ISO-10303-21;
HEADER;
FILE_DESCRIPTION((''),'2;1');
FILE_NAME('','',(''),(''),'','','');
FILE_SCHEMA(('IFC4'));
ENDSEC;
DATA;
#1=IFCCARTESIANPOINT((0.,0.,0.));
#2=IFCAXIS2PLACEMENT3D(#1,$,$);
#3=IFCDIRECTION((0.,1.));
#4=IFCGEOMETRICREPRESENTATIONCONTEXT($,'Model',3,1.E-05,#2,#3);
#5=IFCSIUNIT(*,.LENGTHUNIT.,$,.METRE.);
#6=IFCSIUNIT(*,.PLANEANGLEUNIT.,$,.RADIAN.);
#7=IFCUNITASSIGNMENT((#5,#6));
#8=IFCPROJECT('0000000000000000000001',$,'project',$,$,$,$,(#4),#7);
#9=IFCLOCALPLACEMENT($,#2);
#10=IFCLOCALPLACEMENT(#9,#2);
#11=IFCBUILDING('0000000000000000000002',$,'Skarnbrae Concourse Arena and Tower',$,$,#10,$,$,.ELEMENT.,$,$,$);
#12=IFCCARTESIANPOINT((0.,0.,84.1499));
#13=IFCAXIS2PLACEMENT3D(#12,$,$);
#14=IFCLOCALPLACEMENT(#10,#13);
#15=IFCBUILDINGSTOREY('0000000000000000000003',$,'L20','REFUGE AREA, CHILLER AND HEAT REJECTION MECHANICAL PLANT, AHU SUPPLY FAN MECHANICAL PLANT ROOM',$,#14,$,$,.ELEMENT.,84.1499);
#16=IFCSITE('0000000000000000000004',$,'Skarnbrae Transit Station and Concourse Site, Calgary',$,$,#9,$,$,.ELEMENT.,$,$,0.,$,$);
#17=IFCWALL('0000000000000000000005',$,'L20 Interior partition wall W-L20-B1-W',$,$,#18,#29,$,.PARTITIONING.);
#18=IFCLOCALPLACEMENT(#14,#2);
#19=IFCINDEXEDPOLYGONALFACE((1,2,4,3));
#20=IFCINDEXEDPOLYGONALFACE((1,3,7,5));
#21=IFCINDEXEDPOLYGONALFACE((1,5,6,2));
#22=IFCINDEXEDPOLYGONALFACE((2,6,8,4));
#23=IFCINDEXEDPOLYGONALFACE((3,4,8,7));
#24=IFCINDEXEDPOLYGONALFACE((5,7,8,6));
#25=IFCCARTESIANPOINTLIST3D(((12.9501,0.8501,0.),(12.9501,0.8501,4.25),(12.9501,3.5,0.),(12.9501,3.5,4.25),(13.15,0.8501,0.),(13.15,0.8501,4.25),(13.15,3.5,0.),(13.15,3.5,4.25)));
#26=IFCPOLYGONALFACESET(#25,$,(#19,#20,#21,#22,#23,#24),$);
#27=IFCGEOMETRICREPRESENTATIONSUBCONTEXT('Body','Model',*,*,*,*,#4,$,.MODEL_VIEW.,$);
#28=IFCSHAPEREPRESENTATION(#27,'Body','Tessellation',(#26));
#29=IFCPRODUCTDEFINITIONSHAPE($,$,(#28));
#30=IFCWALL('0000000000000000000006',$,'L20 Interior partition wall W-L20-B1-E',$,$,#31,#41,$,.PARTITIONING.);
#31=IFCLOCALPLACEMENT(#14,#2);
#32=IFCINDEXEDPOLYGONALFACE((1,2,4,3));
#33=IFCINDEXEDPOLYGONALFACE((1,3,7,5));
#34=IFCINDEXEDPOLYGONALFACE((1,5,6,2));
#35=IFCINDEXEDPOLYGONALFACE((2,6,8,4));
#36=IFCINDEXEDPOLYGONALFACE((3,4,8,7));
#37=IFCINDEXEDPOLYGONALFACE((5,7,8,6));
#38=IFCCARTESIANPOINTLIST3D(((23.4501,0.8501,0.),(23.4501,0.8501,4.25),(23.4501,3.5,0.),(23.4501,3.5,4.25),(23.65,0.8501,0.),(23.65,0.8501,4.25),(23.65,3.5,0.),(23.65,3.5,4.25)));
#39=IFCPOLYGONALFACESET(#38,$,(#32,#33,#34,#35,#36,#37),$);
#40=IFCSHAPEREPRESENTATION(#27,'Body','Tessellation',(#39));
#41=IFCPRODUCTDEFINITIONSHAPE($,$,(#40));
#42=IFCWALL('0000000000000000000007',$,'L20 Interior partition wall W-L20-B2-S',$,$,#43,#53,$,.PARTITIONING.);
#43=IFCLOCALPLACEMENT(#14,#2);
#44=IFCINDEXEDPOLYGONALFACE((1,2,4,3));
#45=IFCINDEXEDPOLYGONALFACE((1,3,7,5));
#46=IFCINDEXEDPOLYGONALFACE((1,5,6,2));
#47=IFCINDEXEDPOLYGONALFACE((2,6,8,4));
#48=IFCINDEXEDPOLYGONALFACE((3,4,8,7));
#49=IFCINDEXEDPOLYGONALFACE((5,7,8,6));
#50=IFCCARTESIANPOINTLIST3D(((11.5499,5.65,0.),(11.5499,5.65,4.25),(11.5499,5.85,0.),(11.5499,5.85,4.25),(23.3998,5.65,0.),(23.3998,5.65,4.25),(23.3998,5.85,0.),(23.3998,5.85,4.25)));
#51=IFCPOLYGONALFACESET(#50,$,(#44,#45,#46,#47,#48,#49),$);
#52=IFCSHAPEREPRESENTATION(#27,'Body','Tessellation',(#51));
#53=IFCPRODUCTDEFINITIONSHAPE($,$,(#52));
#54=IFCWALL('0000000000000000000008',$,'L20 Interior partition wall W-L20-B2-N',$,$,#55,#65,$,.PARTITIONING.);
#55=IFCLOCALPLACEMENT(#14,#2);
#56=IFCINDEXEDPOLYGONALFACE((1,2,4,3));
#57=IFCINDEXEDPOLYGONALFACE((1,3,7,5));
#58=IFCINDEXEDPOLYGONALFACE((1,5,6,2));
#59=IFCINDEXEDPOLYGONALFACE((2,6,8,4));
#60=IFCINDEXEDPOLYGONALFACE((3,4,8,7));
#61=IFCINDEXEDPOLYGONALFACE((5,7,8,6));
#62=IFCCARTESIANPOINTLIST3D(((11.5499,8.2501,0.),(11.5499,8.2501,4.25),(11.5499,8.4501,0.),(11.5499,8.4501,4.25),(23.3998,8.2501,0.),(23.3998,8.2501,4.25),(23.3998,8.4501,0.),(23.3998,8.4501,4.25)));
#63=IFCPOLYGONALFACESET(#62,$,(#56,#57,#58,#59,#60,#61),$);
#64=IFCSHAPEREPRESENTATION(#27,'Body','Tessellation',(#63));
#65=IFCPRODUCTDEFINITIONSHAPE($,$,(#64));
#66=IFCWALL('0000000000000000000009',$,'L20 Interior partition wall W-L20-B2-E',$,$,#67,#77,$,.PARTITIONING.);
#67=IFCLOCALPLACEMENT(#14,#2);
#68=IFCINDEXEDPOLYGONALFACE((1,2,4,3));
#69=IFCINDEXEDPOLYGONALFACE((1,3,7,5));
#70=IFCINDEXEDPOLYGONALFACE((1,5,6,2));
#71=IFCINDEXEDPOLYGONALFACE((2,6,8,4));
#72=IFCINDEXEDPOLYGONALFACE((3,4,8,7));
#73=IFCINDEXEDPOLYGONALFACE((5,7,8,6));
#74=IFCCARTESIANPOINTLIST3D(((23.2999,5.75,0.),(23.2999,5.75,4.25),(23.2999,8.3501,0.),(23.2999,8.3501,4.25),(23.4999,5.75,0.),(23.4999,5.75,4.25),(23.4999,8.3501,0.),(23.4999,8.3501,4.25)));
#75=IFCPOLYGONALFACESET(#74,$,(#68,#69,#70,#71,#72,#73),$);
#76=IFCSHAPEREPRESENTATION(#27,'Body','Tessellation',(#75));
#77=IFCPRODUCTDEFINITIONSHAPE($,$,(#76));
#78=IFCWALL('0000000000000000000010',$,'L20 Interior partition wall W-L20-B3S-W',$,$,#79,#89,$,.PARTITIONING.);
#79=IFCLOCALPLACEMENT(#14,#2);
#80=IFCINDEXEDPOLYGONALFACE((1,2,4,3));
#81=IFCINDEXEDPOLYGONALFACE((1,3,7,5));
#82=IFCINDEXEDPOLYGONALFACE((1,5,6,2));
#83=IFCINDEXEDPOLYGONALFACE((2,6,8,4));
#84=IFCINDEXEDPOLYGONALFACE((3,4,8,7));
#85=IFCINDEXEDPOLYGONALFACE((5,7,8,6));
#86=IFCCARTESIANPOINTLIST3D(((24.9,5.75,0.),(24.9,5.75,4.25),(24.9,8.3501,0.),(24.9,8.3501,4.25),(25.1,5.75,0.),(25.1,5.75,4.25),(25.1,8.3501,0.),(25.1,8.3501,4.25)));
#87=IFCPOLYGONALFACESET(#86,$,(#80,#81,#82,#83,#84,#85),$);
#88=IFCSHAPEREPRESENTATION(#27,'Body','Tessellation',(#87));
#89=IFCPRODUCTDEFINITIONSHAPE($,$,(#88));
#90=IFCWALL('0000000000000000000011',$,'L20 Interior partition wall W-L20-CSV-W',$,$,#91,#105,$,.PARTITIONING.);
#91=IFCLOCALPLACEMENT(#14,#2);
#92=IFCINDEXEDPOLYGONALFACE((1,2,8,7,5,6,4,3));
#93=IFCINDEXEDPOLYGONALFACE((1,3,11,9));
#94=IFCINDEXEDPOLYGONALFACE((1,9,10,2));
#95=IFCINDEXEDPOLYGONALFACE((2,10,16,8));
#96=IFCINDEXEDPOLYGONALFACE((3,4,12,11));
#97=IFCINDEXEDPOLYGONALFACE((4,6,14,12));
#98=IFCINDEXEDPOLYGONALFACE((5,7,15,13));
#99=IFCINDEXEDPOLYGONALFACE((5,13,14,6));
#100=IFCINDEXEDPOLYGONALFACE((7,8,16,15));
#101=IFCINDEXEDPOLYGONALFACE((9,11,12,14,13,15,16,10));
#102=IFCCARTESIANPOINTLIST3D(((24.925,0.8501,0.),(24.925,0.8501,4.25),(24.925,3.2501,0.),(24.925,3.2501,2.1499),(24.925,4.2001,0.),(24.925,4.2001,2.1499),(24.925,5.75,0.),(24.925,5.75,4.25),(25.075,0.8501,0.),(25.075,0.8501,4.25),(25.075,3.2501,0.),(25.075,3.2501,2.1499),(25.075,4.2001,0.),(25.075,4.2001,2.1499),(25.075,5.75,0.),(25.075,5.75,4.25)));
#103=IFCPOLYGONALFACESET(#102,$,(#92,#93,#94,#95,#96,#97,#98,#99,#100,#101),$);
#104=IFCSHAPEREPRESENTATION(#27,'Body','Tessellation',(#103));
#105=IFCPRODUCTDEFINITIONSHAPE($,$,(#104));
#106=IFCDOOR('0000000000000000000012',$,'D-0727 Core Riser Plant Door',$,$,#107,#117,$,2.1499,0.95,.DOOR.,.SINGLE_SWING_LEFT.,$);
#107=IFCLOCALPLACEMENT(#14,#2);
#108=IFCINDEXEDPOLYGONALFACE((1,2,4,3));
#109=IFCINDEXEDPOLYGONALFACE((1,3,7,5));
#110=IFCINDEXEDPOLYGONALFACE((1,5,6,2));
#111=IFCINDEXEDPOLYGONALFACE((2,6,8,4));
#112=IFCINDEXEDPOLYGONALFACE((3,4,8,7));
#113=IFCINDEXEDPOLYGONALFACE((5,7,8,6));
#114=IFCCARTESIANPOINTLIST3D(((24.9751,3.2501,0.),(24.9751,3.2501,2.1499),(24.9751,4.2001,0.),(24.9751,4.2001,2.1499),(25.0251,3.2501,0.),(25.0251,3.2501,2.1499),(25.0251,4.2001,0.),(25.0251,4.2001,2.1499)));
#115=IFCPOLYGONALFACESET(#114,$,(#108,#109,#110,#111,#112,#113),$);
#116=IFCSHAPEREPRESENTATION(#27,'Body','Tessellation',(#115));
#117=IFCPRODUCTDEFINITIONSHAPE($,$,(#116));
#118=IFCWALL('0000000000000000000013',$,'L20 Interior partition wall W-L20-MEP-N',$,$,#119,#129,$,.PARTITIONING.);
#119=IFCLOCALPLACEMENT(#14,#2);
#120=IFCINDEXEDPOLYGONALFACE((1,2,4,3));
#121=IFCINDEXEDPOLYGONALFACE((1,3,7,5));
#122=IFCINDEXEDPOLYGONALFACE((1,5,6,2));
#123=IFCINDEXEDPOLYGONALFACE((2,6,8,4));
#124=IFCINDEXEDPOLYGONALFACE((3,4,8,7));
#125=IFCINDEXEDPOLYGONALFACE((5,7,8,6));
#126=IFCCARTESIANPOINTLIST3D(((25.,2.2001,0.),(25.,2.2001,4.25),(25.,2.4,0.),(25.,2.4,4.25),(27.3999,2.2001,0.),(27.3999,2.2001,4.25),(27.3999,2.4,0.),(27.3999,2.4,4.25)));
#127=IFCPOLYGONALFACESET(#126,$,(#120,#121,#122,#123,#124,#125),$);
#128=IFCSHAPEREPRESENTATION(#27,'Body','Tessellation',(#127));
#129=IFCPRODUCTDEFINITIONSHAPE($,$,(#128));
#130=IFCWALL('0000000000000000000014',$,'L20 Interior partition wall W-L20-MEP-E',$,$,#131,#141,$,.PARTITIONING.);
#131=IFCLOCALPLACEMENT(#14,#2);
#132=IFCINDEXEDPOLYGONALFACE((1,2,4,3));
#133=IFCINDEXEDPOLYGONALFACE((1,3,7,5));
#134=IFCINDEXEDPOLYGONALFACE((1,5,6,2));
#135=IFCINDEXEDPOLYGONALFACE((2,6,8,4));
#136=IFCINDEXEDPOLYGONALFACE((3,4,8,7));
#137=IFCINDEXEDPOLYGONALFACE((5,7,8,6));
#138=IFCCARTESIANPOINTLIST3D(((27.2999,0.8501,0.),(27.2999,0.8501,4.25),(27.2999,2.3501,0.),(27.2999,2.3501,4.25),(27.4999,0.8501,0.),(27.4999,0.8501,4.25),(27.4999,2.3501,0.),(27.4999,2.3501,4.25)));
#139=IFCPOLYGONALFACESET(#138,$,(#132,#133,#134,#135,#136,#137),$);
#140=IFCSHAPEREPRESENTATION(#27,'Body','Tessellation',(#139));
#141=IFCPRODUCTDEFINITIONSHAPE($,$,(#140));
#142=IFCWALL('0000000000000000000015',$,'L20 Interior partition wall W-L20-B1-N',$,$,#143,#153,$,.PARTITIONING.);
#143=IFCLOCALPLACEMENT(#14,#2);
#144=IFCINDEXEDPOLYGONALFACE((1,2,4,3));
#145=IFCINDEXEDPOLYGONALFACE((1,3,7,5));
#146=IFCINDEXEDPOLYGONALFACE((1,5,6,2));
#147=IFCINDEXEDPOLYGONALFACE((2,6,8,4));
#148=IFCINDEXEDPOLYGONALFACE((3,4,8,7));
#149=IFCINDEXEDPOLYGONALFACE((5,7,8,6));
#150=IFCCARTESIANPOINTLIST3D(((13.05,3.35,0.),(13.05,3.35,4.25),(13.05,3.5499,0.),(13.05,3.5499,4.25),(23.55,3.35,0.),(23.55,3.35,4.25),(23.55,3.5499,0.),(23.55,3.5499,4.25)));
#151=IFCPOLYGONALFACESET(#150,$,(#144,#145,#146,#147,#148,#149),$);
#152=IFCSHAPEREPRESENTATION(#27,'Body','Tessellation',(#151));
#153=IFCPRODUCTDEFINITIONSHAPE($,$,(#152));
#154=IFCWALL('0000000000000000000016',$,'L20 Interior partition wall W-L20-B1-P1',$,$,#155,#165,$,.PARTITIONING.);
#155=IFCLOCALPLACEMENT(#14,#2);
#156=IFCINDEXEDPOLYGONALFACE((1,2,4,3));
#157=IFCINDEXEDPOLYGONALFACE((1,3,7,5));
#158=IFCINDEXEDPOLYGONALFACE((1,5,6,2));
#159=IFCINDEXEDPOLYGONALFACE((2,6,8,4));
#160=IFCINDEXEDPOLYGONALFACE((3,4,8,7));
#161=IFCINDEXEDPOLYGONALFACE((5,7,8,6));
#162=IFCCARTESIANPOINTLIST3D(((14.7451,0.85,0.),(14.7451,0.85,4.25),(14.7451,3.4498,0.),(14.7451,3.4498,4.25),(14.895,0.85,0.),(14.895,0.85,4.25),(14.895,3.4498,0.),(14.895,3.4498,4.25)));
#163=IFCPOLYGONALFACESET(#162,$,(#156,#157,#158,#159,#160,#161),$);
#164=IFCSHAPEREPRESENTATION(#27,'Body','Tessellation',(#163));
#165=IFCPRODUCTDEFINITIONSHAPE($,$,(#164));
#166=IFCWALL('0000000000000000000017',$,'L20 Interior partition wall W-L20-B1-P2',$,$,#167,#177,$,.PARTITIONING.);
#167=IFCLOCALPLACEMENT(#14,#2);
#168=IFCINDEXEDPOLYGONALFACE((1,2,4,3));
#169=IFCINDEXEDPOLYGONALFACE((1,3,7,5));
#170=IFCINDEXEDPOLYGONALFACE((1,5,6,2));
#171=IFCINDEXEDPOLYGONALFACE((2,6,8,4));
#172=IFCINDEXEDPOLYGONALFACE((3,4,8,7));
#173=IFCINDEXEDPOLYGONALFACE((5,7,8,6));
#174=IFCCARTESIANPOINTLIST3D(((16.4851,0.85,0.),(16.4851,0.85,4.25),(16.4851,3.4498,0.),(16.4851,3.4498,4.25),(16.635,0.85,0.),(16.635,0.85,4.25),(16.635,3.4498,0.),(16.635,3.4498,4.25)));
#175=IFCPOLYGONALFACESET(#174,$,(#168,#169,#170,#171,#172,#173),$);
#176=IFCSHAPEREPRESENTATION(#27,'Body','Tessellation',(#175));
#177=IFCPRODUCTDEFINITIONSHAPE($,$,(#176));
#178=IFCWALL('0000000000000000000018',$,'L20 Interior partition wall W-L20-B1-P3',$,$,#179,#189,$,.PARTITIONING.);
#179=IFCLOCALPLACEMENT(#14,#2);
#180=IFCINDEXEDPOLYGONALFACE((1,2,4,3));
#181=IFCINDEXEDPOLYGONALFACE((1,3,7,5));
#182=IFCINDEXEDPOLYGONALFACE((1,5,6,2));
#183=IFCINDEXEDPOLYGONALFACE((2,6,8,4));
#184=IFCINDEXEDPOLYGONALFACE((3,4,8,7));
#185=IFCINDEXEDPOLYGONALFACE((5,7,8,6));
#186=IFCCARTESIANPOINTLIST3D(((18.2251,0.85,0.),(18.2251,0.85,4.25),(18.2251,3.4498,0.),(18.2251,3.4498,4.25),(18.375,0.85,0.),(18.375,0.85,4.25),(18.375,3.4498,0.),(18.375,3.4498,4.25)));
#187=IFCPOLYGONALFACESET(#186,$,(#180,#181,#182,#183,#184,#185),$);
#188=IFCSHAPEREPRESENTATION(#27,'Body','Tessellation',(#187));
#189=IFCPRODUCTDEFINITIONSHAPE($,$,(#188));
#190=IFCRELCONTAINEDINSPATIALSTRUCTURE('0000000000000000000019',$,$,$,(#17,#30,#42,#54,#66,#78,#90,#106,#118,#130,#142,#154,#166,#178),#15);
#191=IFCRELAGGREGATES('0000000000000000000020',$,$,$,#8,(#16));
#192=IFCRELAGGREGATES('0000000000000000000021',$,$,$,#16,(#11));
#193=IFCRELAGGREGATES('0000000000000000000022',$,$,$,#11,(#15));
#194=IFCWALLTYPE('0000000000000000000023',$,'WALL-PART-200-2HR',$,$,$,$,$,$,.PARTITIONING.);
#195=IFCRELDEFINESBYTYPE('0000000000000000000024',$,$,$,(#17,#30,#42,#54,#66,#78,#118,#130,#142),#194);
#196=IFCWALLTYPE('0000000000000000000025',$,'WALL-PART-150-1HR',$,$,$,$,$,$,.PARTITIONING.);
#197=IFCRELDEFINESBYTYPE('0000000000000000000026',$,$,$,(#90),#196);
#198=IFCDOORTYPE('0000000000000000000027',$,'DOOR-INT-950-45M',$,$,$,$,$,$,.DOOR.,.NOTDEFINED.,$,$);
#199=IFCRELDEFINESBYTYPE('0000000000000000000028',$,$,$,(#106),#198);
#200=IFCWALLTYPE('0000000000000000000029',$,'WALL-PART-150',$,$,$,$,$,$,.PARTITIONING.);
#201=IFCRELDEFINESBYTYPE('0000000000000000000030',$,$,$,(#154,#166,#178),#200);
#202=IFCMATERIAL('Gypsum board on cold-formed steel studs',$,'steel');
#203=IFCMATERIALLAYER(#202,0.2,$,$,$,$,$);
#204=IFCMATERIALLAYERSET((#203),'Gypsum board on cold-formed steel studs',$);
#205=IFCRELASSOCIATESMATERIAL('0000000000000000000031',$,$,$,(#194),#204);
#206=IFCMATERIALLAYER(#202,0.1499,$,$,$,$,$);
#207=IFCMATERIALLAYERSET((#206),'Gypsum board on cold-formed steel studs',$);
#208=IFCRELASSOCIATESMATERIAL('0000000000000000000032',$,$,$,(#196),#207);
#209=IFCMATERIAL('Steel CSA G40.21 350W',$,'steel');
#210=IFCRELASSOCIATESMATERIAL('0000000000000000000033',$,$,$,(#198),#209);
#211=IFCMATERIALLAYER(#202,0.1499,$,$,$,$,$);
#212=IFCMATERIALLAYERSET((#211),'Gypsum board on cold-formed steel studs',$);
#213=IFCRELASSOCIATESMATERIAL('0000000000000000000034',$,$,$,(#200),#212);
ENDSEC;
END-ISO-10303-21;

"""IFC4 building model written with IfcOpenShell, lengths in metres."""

from ifc_helpers import new_model, si_unit, direction, frame, frame_2d, origin, place, context, subcontext, project, spatial, rectangle, extrude, source, transform, mapped, material, layer, layer_set, type_object, element, fill, save


model = new_model("IFC4")

# Units and contexts
model_context = context("Model", 3, precision=1e-05, world=origin(), true_north=direction((0.0, 1.0)))
body_context = subcontext(model_context, "Body", "Model", "MODEL_VIEW")
ifc_project = project(units=[si_unit("LENGTHUNIT", "METRE"), si_unit("PLANEANGLEUNIT", "RADIAN")], contexts=[model_context])

# Site, building, storey
site_placement = place(None, origin())
site = spatial("IfcSite", under=ifc_project, at=site_placement, Name="Skarnbrae Transit Station and Concourse Site, Calgary", CompositionType="ELEMENT", RefElevation=0.0)
building_placement = place(site_placement, origin())
building = spatial("IfcBuilding", under=site, at=building_placement, Name="Skarnbrae Concourse Arena and Tower", CompositionType="ELEMENT")
storey_placement = place(building_placement, frame((0.0, 0.0, 84.1499)))
storey = spatial("IfcBuildingStorey", under=building, at=storey_placement, Name="L20", Description="REFUGE AREA, CHILLER AND HEAT REJECTION MECHANICAL PLANT, AHU SUPPLY FAN MECHANICAL PLANT ROOM", CompositionType="ELEMENT", Elevation=84.1499)

# Walls
ifc_material_1 = material(Name="Gypsum board on cold-formed steel studs", Category="steel")
ifc_layer_1 = layer(ifc_material_1, 0.2)
ifc_layer_set_1 = layer_set([ifc_layer_1], Name="Gypsum board on cold-formed steel studs")
wall_type_1 = type_object("IfcWallType", Name="WALL-PART-200-2HR", PredefinedType="PARTITIONING", material=ifc_layer_set_1)
shared_shape_1 = source(origin(), body_context, "Body", "SweptSolid", [
    extrude(rectangle(XDim=2.6499, YDim=0.2, at=frame_2d((1.325, 0.0))), origin(), (0.0, 0.0, 1.0), 4.25),
])
for number, where, z_axis, x_axis, name in (
    (1, (13.05, 0.8501, 0.0), (0.0, 0.0, 1.0), (0.0, 1.0, 0.0), "L20 Interior partition wall W-L20-B1-W"),
    (2, (23.55, 0.8501, 0.0), (0.0, 0.0, 1.0), (0.0, 1.0, 0.0), "L20 Interior partition wall W-L20-B1-E"),
):
    element("IfcWall", number, at=place(storey_placement, frame(where, z_axis=z_axis, x_axis=x_axis)), inside=storey, type_object=wall_type_1, Name=name, PredefinedType="PARTITIONING", context=body_context, shape_type="MappedRepresentation", body=[
        mapped(shared_shape_1, transform((0.0, 0.0, 0.0))),
    ])
shared_shape_2 = source(origin(), body_context, "Body", "SweptSolid", [
    extrude(rectangle(XDim=11.8499, YDim=0.2, at=frame_2d((5.9248, 0.0))), origin(), (0.0, 0.0, 1.0), 4.25),
])
for number, where, z_axis, x_axis, name in (
    (3, (11.55, 5.75, 0.0), (0.0, 0.0, 1.0), (1.0, 0.0, 0.0), "L20 Interior partition wall W-L20-B2-S"),
    (4, (11.55, 8.3501, 0.0), (0.0, 0.0, 1.0), (1.0, 0.0, 0.0), "L20 Interior partition wall W-L20-B2-N"),
):
    element("IfcWall", number, at=place(storey_placement, frame(where, z_axis=z_axis, x_axis=x_axis)), inside=storey, type_object=wall_type_1, Name=name, PredefinedType="PARTITIONING", context=body_context, shape_type="MappedRepresentation", body=[
        mapped(shared_shape_2, transform((0.0, 0.0, 0.0))),
    ])
shared_shape_3 = source(origin(), body_context, "Body", "SweptSolid", [
    extrude(rectangle(XDim=2.6001, YDim=0.2, at=frame_2d((1.3, 0.0))), origin(), (0.0, 0.0, 1.0), 4.25),
])
for number, where, z_axis, x_axis, name in (
    (5, (23.3999, 5.75, 0.0), (0.0, 0.0, 1.0), (0.0, 1.0, 0.0), "L20 Interior partition wall W-L20-B2-E"),
    (6, (25.0, 5.75, 0.0), (0.0, 0.0, 1.0), (0.0, 1.0, 0.0), "L20 Interior partition wall W-L20-B3S-W"),
):
    element("IfcWall", number, at=place(storey_placement, frame(where, z_axis=z_axis, x_axis=x_axis)), inside=storey, type_object=wall_type_1, Name=name, PredefinedType="PARTITIONING", context=body_context, shape_type="MappedRepresentation", body=[
        mapped(shared_shape_3, transform((0.0, 0.0, 0.0))),
    ])

# Wall, opening, door
ifc_layer_2 = layer(ifc_material_1, 0.1499)
ifc_layer_set_2 = layer_set([ifc_layer_2], Name="Gypsum board on cold-formed steel studs")
wall_type_2 = type_object("IfcWallType", Name="WALL-PART-150-1HR", PredefinedType="PARTITIONING", material=ifc_layer_set_2)
shared_shape_4 = source(origin(), body_context, "Body", "SweptSolid", [
    extrude(rectangle(XDim=4.8999, YDim=0.1499, at=frame_2d((2.45, 0.0))), origin(), (0.0, 0.0, 1.0), 4.25),
])
wall_1_placement = place(storey_placement, frame((25.0, 0.8501, 0.0), z_axis=(0.0, 0.0, 1.0), x_axis=(0.0, 1.0, 0.0)))
wall_1 = element("IfcWall", 7, at=wall_1_placement, inside=storey, type_object=wall_type_2, Name="L20 Interior partition wall W-L20-CSV-W", PredefinedType="PARTITIONING", context=body_context, shape_type="MappedRepresentation", body=[
    mapped(shared_shape_4, transform((0.0, 0.0, 0.0))),
])
opening_placement = place(wall_1_placement, frame((2.3999, 0.0, 0.0)))
opening = element("IfcOpeningElement", 8, at=opening_placement, cuts=wall_1, PredefinedType="OPENING", context=body_context, shape_type="SweptSolid", body=[
    extrude(rectangle(XDim=0.95, YDim=2.1499, at=frame_2d((0.4751, 1.075))), frame((0.0, 0.085, 0.0), z_axis=(0.0, -1.0, 0.0), x_axis=(1.0, 0.0, 0.0)), (0.0, 0.0, 1.0), 0.1699),
])
ifc_material_2 = material(Name="Steel CSA G40.21 350W", Category="steel")
door_type = type_object("IfcDoorType", Name="DOOR-INT-950-45M", OperationType="NOTDEFINED", PredefinedType="DOOR", material=ifc_material_2)
shared_shape_5 = source(origin(), body_context, "Body", "SweptSolid", [
    extrude(rectangle(XDim=0.95, YDim=2.1499, at=frame_2d((0.4751, 1.075))), frame((0.0, 0.0249, 0.0), z_axis=(0.0, -1.0, 0.0), x_axis=(1.0, 0.0, 0.0)), (0.0, 0.0, 1.0), 0.05),
])
door_placement = place(opening_placement, origin())
door = element("IfcDoor", 9, at=door_placement, inside=storey, type_object=door_type, Name="D-0727 Core Riser Plant Door", OperationType="SINGLE_SWING_LEFT", OverallHeight=2.1499, OverallWidth=0.95, PredefinedType="DOOR", context=body_context, shape_type="MappedRepresentation", body=[
    mapped(shared_shape_5, transform((0.0, 0.0, 0.0))),
])
fill(opening, door)

# Walls
shared_shape_6 = source(origin(), body_context, "Body", "SweptSolid", [
    extrude(rectangle(XDim=2.3999, YDim=0.2, at=frame_2d((1.2, 0.0))), origin(), (0.0, 0.0, 1.0), 4.25),
])
wall_2_placement = place(storey_placement, frame((25.0, 2.3, 0.0), z_axis=(0.0, 0.0, 1.0), x_axis=(1.0, 0.0, 0.0)))
element("IfcWall", 10, at=wall_2_placement, inside=storey, type_object=wall_type_1, Name="L20 Interior partition wall W-L20-MEP-N", PredefinedType="PARTITIONING", context=body_context, shape_type="MappedRepresentation", body=[
    mapped(shared_shape_6, transform((0.0, 0.0, 0.0))),
])
shared_shape_7 = source(origin(), body_context, "Body", "SweptSolid", [
    extrude(rectangle(XDim=1.5, YDim=0.2, at=frame_2d((0.75, 0.0))), origin(), (0.0, 0.0, 1.0), 4.25),
])
wall_3_placement = place(storey_placement, frame((27.3999, 0.8501, 0.0), z_axis=(0.0, 0.0, 1.0), x_axis=(0.0, 1.0, 0.0)))
element("IfcWall", 11, at=wall_3_placement, inside=storey, type_object=wall_type_1, Name="L20 Interior partition wall W-L20-MEP-E", PredefinedType="PARTITIONING", context=body_context, shape_type="MappedRepresentation", body=[
    mapped(shared_shape_7, transform((0.0, 0.0, 0.0))),
])
shared_shape_8 = source(origin(), body_context, "Body", "SweptSolid", [
    extrude(rectangle(XDim=10.5, YDim=0.2, at=frame_2d((5.25, 0.0))), origin(), (0.0, 0.0, 1.0), 4.25),
])
wall_4_placement = place(storey_placement, frame((13.05, 3.45, 0.0), z_axis=(0.0, 0.0, 1.0), x_axis=(1.0, 0.0, 0.0)))
element("IfcWall", 12, at=wall_4_placement, inside=storey, type_object=wall_type_1, Name="L20 Interior partition wall W-L20-B1-N", PredefinedType="PARTITIONING", context=body_context, shape_type="MappedRepresentation", body=[
    mapped(shared_shape_8, transform((0.0, 0.0, 0.0))),
])
ifc_layer_3 = layer(ifc_material_1, 0.1499)
ifc_layer_set_3 = layer_set([ifc_layer_3], Name="Gypsum board on cold-formed steel studs")
wall_type_3 = type_object("IfcWallType", Name="WALL-PART-150", PredefinedType="PARTITIONING", material=ifc_layer_set_3)
shared_shape_9 = source(origin(), body_context, "Body", "SweptSolid", [
    extrude(rectangle(XDim=2.5999, YDim=0.1499, at=frame_2d((1.2998, 0.0))), origin(), (0.0, 0.0, 1.0), 4.25),
])
for number, where, z_axis, x_axis, name in (
    (13, (14.8201, 0.8501, 0.0), (0.0, 0.0, 1.0), (0.0, 1.0, 0.0), "L20 Interior partition wall W-L20-B1-P1"),
    (14, (16.5601, 0.8501, 0.0), (0.0, 0.0, 1.0), (0.0, 1.0, 0.0), "L20 Interior partition wall W-L20-B1-P2"),
    (15, (18.3, 0.8501, 0.0), (0.0, 0.0, 1.0), (0.0, 1.0, 0.0), "L20 Interior partition wall W-L20-B1-P3"),
):
    element("IfcWall", number, at=place(storey_placement, frame(where, z_axis=z_axis, x_axis=x_axis)), inside=storey, type_object=wall_type_3, Name=name, PredefinedType="PARTITIONING", context=body_context, shape_type="MappedRepresentation", body=[
        mapped(shared_shape_9, transform((0.0, 0.0, 0.0))),
    ])

save(model, "model.ifc")
